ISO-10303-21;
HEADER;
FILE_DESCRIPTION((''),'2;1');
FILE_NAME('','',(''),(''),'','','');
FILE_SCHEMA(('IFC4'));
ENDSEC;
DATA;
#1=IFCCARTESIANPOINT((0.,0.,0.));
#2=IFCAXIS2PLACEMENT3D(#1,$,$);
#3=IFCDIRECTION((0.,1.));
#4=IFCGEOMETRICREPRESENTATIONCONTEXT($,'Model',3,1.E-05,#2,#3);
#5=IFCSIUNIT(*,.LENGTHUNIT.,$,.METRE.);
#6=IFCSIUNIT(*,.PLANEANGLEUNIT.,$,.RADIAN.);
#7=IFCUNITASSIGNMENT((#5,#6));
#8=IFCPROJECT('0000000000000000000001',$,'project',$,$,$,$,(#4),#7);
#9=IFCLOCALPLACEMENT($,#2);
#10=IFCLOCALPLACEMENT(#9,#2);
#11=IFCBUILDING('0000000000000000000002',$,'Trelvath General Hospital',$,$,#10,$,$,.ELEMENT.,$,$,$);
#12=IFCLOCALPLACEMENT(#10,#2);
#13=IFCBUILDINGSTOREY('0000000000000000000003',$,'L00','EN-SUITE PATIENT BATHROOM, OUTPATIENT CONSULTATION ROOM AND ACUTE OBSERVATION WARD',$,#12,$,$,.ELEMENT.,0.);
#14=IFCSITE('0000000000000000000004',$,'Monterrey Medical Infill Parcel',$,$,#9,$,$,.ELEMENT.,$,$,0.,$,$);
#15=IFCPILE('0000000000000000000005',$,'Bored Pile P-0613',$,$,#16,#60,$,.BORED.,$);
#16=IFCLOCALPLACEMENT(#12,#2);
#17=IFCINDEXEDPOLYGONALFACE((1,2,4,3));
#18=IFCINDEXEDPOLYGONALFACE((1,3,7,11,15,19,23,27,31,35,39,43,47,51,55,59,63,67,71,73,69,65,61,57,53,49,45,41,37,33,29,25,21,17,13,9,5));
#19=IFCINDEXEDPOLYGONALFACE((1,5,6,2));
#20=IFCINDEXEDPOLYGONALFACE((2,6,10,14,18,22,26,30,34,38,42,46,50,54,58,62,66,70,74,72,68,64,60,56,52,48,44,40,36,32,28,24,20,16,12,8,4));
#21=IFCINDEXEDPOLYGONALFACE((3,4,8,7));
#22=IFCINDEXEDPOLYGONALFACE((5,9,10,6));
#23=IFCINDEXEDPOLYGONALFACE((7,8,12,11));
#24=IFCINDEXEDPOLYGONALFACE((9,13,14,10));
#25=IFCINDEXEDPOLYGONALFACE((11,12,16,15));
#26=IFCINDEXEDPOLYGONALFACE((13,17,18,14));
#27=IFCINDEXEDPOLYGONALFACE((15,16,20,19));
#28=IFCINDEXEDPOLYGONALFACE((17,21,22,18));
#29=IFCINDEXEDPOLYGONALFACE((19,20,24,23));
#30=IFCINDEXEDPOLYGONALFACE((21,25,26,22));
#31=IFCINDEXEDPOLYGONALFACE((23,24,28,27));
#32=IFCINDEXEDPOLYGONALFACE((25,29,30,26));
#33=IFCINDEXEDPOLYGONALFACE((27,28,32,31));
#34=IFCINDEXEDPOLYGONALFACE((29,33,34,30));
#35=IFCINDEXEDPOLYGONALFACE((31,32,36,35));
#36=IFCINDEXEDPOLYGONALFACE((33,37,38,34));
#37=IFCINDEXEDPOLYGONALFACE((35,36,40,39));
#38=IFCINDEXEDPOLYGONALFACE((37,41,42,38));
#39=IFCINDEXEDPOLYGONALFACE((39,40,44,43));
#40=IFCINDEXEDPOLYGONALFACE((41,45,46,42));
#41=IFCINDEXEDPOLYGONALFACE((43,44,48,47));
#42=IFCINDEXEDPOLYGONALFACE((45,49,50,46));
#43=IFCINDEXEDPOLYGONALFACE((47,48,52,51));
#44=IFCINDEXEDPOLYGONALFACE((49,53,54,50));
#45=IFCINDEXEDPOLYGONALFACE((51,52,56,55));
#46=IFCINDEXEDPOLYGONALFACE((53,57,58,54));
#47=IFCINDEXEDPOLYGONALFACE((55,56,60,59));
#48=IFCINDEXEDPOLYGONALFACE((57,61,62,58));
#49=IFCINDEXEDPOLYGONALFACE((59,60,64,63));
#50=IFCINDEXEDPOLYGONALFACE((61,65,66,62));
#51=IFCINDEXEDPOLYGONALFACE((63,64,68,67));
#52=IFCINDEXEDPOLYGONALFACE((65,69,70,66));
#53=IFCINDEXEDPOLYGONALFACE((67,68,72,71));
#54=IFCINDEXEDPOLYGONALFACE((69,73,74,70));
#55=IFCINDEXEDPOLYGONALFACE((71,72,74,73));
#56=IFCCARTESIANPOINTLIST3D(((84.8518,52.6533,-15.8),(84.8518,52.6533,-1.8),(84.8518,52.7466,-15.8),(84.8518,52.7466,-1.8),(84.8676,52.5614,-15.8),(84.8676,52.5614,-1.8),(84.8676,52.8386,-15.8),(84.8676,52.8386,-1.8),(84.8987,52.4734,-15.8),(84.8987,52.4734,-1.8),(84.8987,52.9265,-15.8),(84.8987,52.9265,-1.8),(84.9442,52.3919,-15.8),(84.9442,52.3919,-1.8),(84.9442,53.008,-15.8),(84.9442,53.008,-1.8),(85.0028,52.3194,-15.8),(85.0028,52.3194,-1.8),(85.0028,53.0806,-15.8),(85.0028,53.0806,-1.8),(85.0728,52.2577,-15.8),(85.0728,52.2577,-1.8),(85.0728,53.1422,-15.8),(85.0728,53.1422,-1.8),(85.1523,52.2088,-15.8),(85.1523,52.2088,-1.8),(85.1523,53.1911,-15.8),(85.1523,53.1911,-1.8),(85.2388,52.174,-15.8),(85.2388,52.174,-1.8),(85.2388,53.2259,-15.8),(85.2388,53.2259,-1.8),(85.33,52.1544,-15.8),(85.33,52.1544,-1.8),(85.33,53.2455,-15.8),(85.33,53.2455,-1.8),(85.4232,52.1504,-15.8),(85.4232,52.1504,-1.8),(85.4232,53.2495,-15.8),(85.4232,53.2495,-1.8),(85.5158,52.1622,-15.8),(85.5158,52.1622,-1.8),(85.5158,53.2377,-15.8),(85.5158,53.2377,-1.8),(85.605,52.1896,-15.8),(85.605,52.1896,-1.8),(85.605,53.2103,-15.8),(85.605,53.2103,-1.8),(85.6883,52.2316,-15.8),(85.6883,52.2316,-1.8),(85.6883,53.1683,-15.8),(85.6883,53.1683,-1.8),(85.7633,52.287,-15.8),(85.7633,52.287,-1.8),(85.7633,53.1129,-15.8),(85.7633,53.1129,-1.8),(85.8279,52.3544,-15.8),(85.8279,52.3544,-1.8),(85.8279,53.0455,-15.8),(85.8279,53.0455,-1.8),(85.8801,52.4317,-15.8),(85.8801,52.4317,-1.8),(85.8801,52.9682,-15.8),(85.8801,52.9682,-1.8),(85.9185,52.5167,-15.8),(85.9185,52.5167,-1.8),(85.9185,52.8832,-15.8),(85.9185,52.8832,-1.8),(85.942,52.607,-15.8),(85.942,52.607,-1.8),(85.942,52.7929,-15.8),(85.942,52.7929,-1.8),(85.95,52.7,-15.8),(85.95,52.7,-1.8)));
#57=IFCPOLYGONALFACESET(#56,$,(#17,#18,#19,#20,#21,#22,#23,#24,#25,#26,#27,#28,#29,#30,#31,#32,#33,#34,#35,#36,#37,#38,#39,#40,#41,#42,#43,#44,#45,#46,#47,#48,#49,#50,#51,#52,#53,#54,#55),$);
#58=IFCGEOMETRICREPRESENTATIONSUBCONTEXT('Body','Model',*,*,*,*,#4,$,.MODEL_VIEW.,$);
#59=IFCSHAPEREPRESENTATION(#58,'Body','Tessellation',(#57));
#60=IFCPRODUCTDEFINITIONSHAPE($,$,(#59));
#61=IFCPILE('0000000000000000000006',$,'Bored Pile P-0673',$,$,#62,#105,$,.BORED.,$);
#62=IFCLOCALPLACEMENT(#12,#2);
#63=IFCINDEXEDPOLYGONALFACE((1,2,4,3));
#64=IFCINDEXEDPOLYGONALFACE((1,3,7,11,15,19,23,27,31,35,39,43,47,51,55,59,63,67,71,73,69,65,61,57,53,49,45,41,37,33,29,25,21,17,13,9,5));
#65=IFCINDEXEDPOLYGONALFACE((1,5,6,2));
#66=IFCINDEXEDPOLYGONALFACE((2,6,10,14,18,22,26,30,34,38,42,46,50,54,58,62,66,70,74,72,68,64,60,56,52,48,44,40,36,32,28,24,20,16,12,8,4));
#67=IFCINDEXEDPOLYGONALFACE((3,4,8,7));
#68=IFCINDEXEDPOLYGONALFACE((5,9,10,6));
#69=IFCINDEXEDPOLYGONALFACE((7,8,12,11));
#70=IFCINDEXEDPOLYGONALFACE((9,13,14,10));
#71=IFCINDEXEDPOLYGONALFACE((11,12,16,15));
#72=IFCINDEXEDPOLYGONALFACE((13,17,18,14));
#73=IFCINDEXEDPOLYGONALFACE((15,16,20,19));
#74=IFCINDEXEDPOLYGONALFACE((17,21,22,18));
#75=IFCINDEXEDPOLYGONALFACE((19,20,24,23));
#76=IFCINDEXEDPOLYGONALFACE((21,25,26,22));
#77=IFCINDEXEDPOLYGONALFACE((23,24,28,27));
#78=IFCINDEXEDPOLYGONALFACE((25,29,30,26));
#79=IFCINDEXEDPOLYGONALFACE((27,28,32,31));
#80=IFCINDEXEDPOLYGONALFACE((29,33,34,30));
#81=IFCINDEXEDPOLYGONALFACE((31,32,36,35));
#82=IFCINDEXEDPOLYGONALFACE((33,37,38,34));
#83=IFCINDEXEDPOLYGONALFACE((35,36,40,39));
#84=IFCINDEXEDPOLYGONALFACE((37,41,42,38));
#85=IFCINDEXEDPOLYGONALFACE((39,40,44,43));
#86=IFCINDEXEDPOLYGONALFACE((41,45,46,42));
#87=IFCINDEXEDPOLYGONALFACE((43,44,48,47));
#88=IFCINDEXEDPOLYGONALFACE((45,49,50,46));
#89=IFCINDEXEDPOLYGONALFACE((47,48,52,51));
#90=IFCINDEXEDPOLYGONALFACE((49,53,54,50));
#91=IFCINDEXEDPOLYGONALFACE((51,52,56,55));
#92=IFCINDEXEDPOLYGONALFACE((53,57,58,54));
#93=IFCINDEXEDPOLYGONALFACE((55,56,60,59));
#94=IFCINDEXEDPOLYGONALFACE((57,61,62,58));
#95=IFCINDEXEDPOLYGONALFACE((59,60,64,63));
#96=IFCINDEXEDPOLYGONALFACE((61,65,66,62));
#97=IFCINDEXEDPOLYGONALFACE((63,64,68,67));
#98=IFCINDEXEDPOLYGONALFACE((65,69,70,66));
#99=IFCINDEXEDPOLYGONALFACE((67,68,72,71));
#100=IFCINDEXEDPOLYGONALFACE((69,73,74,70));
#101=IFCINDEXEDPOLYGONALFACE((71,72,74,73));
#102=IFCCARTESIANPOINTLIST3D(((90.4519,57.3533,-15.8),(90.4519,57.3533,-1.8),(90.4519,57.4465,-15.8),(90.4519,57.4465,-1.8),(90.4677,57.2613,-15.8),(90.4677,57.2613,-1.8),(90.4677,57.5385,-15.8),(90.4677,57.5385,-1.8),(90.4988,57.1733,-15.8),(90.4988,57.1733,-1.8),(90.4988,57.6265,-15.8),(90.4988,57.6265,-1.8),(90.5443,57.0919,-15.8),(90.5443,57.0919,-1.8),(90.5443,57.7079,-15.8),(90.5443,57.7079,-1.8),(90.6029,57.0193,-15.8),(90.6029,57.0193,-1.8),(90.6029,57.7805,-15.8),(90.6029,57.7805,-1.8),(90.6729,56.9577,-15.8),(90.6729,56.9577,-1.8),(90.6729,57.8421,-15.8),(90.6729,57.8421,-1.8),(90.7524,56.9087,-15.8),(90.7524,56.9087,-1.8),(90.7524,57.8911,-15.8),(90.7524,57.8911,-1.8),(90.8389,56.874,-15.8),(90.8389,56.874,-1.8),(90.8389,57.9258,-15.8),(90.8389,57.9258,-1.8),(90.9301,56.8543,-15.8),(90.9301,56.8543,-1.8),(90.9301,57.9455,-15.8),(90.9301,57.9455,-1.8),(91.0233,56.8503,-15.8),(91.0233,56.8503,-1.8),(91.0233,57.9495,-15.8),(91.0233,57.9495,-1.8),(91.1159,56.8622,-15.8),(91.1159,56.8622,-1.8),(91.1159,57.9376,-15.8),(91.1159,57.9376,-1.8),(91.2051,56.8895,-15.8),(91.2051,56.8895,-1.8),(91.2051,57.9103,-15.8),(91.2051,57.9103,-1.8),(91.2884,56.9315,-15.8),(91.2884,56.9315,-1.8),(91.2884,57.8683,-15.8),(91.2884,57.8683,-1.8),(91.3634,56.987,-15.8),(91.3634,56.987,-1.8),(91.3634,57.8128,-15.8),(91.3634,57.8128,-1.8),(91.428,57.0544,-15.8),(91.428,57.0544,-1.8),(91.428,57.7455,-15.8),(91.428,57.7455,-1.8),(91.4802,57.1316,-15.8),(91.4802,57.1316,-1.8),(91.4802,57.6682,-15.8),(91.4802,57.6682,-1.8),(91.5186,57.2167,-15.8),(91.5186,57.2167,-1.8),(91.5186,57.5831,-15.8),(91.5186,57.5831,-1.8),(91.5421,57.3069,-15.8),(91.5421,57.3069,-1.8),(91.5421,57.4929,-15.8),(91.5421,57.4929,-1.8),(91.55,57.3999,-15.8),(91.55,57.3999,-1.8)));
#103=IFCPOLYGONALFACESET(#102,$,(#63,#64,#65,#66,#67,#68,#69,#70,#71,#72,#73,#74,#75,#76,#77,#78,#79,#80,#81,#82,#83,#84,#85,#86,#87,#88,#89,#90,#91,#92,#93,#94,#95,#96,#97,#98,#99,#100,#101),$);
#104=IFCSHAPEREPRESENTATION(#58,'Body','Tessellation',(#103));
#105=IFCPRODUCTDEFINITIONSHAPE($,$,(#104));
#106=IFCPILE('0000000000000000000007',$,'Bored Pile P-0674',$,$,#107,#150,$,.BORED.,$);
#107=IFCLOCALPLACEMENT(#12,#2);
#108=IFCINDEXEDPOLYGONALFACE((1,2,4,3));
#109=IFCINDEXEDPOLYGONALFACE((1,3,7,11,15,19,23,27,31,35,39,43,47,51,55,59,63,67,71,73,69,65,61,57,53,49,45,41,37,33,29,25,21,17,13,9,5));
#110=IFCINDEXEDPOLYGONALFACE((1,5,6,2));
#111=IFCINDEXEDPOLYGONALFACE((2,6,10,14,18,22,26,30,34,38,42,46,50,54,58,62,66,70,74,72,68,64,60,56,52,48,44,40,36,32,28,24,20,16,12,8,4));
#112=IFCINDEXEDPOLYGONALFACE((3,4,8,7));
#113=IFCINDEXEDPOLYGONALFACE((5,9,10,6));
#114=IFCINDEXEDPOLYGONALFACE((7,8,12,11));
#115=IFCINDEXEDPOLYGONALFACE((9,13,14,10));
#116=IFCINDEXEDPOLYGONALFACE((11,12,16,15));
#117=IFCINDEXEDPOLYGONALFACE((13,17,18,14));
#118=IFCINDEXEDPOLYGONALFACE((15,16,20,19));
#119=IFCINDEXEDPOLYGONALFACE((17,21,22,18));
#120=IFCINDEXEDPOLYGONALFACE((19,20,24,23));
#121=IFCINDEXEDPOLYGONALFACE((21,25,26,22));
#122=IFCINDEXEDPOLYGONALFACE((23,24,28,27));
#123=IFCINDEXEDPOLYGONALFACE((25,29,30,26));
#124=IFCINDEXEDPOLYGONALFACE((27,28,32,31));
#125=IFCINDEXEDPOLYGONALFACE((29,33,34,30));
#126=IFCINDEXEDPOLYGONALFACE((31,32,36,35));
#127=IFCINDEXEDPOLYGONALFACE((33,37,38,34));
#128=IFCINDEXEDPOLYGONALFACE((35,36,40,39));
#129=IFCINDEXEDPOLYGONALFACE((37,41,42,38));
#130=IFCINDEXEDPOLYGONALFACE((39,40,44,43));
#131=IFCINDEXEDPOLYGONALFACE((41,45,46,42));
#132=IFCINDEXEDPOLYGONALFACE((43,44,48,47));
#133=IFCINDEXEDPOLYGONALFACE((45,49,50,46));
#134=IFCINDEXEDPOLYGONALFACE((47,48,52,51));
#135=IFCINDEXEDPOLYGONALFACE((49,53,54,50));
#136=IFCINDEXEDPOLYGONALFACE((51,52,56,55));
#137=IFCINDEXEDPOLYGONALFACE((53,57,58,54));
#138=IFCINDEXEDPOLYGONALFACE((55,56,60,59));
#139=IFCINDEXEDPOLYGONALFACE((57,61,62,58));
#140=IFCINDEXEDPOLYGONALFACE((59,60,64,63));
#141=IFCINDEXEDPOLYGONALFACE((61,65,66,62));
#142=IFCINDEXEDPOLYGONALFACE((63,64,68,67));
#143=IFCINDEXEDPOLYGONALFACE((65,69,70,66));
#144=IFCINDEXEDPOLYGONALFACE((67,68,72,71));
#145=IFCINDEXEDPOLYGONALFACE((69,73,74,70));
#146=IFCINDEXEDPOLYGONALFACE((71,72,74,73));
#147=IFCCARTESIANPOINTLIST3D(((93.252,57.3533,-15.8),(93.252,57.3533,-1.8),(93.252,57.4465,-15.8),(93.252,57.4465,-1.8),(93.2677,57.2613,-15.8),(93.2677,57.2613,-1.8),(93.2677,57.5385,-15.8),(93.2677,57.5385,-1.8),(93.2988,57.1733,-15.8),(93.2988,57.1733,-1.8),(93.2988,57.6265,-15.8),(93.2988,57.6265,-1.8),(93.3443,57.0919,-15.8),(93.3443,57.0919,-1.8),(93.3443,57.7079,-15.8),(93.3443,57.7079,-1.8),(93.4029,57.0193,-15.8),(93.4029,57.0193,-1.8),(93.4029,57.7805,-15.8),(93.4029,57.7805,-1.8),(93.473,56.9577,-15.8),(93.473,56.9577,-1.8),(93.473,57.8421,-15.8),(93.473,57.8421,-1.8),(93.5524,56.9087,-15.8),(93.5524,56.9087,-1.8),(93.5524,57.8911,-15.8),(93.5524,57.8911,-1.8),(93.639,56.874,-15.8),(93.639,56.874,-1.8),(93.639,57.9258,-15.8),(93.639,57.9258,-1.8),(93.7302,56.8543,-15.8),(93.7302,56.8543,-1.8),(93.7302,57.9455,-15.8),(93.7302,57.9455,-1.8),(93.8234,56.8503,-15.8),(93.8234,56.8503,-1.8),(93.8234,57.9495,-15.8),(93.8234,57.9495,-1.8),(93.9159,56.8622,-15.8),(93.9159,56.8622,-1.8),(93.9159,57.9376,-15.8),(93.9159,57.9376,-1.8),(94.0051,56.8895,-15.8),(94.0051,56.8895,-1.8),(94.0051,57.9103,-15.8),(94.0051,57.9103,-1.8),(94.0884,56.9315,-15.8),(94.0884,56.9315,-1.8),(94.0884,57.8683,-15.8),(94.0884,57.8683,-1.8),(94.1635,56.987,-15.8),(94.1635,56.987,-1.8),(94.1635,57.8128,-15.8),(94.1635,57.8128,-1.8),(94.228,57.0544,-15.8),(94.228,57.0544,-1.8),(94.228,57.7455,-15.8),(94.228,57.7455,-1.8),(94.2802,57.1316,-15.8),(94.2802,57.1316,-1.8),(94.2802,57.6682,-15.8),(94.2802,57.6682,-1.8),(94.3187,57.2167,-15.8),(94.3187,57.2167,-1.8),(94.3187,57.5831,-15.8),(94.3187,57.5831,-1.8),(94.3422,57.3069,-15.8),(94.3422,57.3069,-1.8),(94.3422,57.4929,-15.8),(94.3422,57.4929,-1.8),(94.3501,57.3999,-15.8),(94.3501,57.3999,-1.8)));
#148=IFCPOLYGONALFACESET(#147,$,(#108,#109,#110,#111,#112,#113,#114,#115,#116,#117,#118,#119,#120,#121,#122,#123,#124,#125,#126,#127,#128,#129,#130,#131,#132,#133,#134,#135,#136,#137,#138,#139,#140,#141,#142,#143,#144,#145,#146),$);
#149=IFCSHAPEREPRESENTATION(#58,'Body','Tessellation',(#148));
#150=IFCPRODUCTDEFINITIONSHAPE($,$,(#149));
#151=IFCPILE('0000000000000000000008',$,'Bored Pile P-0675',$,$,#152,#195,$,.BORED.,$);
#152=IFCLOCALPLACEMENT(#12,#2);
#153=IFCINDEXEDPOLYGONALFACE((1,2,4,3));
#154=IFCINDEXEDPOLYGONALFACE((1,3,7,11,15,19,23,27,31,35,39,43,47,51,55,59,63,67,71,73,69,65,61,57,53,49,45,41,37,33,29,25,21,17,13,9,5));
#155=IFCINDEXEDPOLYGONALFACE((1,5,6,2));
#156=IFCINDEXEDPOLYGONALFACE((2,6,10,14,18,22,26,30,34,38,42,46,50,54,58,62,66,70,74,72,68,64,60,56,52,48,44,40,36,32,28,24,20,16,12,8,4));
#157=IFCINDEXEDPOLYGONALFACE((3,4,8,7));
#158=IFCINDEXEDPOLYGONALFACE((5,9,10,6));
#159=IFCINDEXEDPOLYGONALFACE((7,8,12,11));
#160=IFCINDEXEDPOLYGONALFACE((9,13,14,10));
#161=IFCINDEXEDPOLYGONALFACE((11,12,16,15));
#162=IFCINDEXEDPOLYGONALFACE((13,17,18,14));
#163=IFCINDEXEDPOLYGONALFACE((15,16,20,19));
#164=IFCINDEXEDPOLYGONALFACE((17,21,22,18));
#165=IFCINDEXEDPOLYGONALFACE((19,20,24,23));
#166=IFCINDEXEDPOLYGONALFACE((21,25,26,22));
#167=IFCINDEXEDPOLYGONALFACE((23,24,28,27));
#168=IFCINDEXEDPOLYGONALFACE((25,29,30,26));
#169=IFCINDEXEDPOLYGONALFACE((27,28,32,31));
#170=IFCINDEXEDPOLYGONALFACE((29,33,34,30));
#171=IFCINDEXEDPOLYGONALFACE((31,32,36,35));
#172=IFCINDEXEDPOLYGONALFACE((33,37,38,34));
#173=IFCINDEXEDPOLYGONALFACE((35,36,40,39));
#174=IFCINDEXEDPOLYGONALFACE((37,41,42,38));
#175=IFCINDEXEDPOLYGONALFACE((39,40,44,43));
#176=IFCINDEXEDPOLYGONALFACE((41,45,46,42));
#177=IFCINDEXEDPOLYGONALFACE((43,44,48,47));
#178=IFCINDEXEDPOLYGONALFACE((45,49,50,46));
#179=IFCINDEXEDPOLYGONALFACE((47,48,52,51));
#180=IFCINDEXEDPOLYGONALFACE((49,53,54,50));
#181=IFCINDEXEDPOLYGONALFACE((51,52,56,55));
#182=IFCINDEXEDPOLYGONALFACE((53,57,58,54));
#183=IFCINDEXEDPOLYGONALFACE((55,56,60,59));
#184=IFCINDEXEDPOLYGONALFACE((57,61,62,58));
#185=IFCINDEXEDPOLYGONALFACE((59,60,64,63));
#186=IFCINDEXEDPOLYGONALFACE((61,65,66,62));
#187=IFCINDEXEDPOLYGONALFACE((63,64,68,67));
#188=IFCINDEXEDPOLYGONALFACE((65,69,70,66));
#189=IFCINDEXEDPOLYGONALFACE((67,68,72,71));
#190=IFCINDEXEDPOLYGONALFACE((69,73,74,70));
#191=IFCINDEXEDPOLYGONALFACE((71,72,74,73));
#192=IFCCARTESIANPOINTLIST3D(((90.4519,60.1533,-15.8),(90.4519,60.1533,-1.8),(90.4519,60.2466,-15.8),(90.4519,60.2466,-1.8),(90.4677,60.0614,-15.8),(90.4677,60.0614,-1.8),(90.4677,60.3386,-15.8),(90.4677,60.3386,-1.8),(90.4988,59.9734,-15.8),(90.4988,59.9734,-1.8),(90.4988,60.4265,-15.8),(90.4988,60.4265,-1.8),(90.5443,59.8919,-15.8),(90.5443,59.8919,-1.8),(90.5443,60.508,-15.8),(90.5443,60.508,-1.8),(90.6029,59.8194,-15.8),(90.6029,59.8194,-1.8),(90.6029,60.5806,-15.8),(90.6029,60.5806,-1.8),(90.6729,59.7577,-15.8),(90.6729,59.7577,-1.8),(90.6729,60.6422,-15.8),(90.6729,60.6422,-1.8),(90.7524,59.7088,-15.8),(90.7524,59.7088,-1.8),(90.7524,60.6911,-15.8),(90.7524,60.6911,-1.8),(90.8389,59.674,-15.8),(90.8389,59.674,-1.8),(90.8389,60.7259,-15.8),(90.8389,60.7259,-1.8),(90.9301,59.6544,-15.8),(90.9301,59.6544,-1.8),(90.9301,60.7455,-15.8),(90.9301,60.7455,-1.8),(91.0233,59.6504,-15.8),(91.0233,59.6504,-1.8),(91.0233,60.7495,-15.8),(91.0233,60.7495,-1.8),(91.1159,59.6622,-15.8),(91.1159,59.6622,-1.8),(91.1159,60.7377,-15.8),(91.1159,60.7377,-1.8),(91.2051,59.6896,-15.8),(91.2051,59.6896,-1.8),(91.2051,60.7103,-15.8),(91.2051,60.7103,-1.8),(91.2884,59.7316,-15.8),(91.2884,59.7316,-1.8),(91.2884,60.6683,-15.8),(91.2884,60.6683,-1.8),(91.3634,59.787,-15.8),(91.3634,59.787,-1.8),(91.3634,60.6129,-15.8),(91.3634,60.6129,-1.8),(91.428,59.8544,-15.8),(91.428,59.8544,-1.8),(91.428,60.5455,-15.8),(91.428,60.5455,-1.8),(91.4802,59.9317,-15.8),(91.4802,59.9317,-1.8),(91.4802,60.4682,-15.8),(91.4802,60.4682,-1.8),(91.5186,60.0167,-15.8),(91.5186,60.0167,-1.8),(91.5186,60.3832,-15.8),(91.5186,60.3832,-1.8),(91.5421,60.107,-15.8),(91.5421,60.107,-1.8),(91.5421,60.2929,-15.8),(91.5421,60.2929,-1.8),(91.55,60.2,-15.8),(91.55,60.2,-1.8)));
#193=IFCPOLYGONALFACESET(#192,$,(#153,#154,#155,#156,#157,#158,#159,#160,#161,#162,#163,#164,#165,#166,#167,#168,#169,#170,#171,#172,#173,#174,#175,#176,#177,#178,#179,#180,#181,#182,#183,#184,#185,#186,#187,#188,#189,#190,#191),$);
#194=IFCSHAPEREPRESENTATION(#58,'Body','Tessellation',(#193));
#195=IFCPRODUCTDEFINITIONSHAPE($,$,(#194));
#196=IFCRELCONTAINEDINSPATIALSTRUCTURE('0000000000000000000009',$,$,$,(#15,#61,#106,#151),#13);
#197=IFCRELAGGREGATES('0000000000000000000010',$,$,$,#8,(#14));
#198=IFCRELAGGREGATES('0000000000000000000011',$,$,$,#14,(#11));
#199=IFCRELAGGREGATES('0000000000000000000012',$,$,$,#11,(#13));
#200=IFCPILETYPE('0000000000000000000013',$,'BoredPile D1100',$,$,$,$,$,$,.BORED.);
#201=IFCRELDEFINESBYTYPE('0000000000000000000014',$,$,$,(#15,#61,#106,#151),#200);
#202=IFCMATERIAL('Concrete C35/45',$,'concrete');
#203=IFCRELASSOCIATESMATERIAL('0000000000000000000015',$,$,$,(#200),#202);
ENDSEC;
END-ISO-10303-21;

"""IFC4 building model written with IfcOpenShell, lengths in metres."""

from ifc_helpers import new_model, si_unit, direction, frame, origin, origin_2d, place, context, subcontext, project, spatial, circle, extrude, material, material_profile, profile_set, type_object, element, save


model = new_model("IFC4")

# Units and contexts
model_context = context("Model", 3, precision=1e-05, world=origin(), true_north=direction((0.0, 1.0)))
body_context = subcontext(model_context, "Body", "Model", "MODEL_VIEW")
ifc_project = project(units=[si_unit("LENGTHUNIT", "METRE"), si_unit("PLANEANGLEUNIT", "RADIAN")], contexts=[model_context])

# Site, building, storey
site_placement = place(None, origin())
site = spatial("IfcSite", under=ifc_project, at=site_placement, Name="Monterrey Medical Infill Parcel", CompositionType="ELEMENT", RefElevation=0.0)
building_placement = place(site_placement, origin())
building = spatial("IfcBuilding", under=site, at=building_placement, Name="Trelvath General Hospital", CompositionType="ELEMENT")
storey_placement = place(building_placement, origin())
storey = spatial("IfcBuildingStorey", under=building, at=storey_placement, Name="L00", Description="EN-SUITE PATIENT BATHROOM, OUTPATIENT CONSULTATION ROOM AND ACUTE OBSERVATION WARD", CompositionType="ELEMENT", Elevation=0.0)

# Piles
ifc_material_1 = material(Name="Concrete C35/45", Category="concrete")
ifc_material_profile_1 = material_profile(ifc_material_1, circle(Radius=0.55, at=origin_2d()), Name="PILE1100")
ifc_profile_set_1 = profile_set([ifc_material_profile_1], Name="Concrete C35/45")
pile_type_1 = type_object("IfcPileType", Name="BoredPile D1100", PredefinedType="BORED", material=ifc_profile_set_1)
for number, where, z_axis, x_axis, name in (
    (1, (85.3999, 52.7, -1.8), (0.0, 0.0, -1.0), (1.0, 0.0, 0.0), "Bored Pile P-0613"),
    (2, (91.0, 57.3999, -1.8), (0.0, 0.0, -1.0), (1.0, 0.0, 0.0), "Bored Pile P-0673"),
    (3, (93.8, 57.3999, -1.8), (0.0, 0.0, -1.0), (1.0, 0.0, 0.0), "Bored Pile P-0674"),
    (4, (91.0, 60.2, -1.8), (0.0, 0.0, -1.0), (1.0, 0.0, 0.0), "Bored Pile P-0675"),
):
    element("IfcPile", number, at=place(storey_placement, frame(where, z_axis=z_axis, x_axis=x_axis)), inside=storey, type_object=pile_type_1, Name=name, PredefinedType="BORED", context=body_context, shape_type="SweptSolid", body=[
        extrude(circle(Radius=0.55, at=origin_2d()), origin(), (0.0, 0.0, 1.0), 14.0),
    ])

save(model, "model.ifc")
